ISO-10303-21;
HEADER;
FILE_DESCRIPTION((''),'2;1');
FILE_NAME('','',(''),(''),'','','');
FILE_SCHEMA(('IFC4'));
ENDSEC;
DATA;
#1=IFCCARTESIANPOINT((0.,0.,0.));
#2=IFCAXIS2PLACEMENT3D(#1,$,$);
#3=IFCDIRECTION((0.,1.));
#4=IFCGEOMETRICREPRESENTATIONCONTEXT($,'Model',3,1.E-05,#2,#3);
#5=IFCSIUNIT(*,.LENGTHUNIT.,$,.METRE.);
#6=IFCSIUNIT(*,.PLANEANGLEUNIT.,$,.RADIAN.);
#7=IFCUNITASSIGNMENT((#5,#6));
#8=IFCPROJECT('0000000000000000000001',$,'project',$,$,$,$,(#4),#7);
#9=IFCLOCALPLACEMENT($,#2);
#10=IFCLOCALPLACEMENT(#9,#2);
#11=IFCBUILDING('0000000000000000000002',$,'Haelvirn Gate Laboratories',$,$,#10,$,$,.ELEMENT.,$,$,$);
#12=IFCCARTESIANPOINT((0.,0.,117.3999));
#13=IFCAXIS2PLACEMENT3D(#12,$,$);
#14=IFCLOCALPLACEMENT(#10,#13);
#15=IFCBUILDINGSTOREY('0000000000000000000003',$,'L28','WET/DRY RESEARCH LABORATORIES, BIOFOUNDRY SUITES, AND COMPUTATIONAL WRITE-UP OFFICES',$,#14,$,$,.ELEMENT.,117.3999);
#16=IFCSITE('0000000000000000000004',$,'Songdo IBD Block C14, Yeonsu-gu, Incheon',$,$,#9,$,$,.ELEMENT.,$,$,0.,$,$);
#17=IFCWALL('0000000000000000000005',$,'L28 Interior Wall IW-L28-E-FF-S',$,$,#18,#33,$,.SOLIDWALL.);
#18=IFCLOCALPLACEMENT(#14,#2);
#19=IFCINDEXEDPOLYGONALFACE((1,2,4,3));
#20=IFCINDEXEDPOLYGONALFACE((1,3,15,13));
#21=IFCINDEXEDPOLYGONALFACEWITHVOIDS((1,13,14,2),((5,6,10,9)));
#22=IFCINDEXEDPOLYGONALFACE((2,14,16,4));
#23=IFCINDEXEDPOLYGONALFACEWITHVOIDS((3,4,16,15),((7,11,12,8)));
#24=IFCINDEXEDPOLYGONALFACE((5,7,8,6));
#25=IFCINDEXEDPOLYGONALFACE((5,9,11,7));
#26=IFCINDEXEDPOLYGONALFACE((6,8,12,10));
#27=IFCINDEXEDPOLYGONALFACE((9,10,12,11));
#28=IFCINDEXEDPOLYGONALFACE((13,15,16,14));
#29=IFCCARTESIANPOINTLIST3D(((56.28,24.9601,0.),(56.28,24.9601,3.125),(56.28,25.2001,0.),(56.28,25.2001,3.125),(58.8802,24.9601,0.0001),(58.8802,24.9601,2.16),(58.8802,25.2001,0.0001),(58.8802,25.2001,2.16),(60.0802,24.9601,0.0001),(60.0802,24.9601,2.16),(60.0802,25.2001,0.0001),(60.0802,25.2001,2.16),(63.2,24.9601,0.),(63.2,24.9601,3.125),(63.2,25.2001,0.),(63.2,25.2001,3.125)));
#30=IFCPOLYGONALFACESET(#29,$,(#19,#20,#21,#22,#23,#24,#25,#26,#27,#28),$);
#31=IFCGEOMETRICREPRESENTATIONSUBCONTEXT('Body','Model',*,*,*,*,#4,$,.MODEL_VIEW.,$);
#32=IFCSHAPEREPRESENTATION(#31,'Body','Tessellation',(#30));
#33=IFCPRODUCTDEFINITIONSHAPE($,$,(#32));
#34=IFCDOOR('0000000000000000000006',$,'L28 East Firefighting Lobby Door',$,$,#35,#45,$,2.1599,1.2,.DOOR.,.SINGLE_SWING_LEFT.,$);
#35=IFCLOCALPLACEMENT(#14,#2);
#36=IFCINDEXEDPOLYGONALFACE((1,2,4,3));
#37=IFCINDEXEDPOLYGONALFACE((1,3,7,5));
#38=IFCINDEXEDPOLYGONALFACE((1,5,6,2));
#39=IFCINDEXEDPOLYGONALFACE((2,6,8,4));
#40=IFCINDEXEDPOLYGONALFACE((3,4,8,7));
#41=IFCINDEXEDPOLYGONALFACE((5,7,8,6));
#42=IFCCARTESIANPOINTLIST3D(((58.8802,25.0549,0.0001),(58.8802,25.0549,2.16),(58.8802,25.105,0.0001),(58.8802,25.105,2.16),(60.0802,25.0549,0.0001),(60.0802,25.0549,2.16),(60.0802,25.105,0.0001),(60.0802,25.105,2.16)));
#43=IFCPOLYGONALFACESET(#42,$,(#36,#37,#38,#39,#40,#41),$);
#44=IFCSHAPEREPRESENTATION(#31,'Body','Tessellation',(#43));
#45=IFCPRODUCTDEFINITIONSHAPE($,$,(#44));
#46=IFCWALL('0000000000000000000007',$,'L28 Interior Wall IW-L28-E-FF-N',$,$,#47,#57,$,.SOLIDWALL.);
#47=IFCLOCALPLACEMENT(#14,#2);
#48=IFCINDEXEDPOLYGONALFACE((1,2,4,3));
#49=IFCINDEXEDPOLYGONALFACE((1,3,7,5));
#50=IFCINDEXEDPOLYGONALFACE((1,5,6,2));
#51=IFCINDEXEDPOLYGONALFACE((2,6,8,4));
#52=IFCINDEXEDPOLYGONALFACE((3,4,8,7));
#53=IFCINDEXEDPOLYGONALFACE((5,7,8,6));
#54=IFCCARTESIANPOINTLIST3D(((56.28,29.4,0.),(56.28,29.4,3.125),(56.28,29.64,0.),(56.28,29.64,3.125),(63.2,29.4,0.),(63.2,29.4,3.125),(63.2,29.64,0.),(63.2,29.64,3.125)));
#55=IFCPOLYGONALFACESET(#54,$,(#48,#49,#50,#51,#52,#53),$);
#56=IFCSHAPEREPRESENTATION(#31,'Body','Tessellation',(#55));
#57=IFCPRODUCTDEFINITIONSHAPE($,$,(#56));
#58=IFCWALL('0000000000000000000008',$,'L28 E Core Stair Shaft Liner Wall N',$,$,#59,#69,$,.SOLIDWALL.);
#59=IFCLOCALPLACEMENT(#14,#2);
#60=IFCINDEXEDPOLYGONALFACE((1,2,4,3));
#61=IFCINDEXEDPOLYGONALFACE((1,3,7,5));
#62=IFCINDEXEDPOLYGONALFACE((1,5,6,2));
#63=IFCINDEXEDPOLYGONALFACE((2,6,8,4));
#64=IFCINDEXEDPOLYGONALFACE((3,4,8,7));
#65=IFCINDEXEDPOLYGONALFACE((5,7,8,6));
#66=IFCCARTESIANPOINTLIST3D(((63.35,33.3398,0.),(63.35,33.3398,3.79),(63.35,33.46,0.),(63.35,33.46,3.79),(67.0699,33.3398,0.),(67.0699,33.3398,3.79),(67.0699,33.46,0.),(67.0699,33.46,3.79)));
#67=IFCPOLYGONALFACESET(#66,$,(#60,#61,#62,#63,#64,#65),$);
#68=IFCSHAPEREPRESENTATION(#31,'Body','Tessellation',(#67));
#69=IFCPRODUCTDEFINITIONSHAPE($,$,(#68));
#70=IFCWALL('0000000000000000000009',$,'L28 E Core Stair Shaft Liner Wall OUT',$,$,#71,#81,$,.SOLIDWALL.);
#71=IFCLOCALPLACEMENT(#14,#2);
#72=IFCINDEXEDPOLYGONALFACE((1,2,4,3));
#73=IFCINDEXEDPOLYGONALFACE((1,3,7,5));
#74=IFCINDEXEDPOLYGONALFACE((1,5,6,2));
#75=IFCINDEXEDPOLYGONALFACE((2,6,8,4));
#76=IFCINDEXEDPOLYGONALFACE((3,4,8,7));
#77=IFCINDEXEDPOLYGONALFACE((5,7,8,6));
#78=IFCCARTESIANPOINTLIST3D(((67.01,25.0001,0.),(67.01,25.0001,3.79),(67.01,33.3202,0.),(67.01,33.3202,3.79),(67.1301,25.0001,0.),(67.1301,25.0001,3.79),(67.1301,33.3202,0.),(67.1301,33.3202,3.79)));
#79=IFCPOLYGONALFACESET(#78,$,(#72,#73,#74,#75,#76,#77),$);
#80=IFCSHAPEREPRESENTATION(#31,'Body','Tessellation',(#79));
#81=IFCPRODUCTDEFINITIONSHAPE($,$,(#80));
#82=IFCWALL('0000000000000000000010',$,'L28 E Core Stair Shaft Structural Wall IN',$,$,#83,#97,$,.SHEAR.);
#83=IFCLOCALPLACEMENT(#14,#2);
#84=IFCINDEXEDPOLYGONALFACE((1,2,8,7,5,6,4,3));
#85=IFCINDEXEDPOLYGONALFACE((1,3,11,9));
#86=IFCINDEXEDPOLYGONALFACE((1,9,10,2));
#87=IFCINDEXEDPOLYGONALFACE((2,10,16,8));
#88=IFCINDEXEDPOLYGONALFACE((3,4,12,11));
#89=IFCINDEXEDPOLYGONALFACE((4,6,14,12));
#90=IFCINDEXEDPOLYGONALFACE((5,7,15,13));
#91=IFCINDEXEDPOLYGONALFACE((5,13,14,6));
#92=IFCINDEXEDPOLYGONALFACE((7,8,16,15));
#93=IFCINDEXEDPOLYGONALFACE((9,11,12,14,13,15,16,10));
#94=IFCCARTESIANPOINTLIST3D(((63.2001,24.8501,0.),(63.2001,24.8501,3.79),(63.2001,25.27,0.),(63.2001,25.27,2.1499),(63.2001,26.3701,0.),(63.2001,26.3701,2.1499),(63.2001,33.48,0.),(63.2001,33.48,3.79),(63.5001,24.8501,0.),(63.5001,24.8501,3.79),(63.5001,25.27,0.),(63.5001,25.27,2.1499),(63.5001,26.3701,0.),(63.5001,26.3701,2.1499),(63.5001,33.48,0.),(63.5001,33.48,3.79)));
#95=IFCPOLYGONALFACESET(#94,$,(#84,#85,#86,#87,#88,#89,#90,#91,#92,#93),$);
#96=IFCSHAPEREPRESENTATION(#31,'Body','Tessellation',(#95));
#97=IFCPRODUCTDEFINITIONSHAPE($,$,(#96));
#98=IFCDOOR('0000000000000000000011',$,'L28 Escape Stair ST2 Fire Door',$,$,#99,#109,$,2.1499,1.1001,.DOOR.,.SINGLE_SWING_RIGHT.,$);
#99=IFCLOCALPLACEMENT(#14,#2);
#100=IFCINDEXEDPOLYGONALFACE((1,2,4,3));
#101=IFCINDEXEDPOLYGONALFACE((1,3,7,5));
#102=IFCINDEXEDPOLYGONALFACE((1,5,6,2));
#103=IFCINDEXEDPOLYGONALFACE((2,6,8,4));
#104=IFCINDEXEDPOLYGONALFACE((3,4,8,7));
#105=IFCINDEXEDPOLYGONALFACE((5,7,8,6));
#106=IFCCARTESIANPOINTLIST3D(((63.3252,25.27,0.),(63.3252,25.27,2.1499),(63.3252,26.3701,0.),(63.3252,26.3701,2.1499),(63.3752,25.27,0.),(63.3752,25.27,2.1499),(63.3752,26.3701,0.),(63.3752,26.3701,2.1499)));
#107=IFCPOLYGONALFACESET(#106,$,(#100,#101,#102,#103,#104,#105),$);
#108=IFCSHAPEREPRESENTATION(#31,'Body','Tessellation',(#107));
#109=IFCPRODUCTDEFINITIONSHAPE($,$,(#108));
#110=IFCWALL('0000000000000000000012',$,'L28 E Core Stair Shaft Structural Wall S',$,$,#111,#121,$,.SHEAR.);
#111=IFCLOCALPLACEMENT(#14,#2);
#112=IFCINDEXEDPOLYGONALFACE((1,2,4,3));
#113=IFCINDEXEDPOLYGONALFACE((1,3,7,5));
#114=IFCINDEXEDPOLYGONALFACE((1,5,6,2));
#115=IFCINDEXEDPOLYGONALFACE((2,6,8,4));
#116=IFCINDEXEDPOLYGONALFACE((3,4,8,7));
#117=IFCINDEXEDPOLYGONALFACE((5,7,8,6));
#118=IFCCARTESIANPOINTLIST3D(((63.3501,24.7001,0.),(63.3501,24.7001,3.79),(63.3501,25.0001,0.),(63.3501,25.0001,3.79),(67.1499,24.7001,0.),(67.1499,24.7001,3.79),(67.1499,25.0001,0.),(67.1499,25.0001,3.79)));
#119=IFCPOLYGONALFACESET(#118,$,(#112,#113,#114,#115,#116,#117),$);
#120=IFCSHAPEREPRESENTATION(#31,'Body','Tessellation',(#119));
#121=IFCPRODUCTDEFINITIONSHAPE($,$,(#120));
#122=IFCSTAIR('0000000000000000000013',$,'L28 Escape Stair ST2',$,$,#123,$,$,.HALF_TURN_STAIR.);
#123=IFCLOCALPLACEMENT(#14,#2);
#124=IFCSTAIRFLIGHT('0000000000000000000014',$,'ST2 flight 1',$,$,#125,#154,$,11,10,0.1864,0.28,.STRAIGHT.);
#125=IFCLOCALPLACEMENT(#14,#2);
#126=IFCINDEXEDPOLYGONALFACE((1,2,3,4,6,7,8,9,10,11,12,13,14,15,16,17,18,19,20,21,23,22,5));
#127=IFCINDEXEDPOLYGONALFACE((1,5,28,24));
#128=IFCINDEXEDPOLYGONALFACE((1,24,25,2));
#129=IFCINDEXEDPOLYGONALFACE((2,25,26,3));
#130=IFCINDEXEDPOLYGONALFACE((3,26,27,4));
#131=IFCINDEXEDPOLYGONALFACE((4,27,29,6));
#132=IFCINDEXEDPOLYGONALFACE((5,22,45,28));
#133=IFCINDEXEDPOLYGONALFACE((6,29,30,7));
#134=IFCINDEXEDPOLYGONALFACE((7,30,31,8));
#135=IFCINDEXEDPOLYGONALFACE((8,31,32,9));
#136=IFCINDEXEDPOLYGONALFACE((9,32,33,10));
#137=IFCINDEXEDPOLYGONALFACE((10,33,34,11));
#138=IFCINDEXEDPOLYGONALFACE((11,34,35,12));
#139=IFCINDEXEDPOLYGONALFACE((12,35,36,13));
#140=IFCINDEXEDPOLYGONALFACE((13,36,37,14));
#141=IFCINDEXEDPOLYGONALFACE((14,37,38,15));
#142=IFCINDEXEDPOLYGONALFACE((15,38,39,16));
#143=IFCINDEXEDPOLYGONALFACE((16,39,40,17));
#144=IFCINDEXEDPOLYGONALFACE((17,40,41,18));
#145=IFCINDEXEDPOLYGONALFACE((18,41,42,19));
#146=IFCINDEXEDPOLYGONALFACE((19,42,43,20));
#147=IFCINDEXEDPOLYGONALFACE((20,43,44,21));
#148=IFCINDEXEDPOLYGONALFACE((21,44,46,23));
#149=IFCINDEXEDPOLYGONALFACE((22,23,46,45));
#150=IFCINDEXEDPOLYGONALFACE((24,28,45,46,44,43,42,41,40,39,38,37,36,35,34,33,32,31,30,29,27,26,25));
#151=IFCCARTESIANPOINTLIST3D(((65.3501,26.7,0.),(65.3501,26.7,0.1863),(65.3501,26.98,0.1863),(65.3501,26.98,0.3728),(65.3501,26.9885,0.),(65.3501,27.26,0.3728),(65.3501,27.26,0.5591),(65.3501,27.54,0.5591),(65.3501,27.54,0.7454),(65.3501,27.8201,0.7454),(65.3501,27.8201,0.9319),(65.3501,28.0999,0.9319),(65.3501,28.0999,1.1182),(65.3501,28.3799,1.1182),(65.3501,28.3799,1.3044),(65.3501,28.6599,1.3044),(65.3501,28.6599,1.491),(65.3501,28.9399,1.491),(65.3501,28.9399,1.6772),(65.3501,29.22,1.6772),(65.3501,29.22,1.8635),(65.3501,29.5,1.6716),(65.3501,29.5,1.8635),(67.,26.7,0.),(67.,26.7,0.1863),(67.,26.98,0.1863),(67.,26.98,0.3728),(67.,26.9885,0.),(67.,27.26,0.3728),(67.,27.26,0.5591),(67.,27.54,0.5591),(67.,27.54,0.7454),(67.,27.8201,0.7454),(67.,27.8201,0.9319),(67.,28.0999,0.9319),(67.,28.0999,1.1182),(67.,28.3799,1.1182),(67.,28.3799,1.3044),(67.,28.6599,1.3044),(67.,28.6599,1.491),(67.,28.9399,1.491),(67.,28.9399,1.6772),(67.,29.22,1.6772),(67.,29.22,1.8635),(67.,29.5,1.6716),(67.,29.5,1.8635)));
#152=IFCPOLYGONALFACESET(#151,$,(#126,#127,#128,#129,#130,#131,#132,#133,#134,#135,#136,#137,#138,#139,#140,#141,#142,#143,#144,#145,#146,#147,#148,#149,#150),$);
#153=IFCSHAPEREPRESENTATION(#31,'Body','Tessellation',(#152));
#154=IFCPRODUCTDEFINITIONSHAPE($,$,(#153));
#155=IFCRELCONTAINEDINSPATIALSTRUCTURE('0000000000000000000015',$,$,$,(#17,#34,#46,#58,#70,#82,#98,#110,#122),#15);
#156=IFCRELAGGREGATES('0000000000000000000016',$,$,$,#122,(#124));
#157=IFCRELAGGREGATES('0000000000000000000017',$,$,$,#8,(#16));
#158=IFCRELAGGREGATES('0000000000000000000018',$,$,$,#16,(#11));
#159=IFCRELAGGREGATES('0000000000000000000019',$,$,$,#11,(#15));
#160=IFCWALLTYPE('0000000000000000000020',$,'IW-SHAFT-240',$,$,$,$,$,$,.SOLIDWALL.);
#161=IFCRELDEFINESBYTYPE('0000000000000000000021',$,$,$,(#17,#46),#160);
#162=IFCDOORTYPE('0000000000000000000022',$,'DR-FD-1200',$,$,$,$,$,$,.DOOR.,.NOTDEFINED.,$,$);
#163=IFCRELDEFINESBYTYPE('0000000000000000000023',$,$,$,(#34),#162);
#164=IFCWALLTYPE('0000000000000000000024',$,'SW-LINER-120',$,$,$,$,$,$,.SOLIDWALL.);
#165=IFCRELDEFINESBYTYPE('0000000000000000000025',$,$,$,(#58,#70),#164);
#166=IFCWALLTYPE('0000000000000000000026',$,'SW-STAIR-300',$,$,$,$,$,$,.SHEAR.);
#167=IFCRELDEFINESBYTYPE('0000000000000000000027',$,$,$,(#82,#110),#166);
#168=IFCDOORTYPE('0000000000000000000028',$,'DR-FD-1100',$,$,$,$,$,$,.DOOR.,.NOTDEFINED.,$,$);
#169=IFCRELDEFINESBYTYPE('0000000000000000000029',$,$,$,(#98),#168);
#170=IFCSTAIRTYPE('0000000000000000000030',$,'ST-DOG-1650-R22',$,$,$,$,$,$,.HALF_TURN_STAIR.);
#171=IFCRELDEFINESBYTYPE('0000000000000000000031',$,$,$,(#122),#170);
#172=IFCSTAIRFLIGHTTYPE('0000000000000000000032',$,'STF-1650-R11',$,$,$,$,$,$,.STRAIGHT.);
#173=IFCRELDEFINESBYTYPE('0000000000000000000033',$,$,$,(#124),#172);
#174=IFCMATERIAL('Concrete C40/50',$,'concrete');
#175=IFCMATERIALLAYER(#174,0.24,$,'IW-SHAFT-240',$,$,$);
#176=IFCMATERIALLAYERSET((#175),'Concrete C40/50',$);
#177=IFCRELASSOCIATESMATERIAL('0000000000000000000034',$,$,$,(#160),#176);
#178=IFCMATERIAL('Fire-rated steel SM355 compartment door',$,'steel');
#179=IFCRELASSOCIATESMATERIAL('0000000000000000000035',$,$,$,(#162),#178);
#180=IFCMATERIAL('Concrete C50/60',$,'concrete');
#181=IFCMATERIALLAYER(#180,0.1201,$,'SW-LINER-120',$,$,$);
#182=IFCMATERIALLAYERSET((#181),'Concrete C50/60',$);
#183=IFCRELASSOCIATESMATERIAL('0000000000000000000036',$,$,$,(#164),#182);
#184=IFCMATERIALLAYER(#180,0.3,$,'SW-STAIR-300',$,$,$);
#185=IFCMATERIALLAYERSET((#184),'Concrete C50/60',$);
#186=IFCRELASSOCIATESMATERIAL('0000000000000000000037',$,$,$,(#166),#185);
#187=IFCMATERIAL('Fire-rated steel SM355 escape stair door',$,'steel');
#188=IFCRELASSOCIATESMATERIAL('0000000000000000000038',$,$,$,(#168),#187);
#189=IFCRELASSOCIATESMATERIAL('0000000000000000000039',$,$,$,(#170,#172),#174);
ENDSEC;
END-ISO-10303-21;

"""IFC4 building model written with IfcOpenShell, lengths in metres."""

from ifc_helpers import new_model, si_unit, direction, frame, frame_2d, origin, place, context, subcontext, project, spatial, polyline, rectangle, outline, extrude, source, transform, mapped, material, layer, layer_set, type_object, type_shapes, element, fill, aggregate, save


model = new_model("IFC4")

# Units and contexts
model_context = context("Model", 3, precision=1e-05, world=origin(), true_north=direction((0.0, 1.0)))
body_context = subcontext(model_context, "Body", "Model", "MODEL_VIEW")
ifc_project = project(units=[si_unit("LENGTHUNIT", "METRE"), si_unit("PLANEANGLEUNIT", "RADIAN")], contexts=[model_context])

# Site, building, storey
site_placement = place(None, origin())
site = spatial("IfcSite", under=ifc_project, at=site_placement, Name="Songdo IBD Block C14, Yeonsu-gu, Incheon", CompositionType="ELEMENT", RefElevation=0.0)
building_placement = place(site_placement, origin())
building = spatial("IfcBuilding", under=site, at=building_placement, Name="Haelvirn Gate Laboratories", CompositionType="ELEMENT")
storey_placement = place(building_placement, frame((0.0, 0.0, 117.3999)))
storey = spatial("IfcBuildingStorey", under=building, at=storey_placement, Name="L28", Description="WET/DRY RESEARCH LABORATORIES, BIOFOUNDRY SUITES, AND COMPUTATIONAL WRITE-UP OFFICES", CompositionType="ELEMENT", Elevation=117.3999)

# Wall, opening, door
ifc_material_1 = material(Name="Concrete C40/50", Category="concrete")
ifc_layer_1 = layer(ifc_material_1, 0.24, Name="IW-SHAFT-240")
ifc_layer_set_1 = layer_set([ifc_layer_1], Name="Concrete C40/50")
wall_type_1 = type_object("IfcWallType", Name="IW-SHAFT-240", PredefinedType="SOLIDWALL", material=ifc_layer_set_1)
wall_1_placement = place(storey_placement, frame((56.28, 25.0801, 0.0), z_axis=(0.0, 0.0, 1.0), x_axis=(1.0, 0.0, 0.0)))
wall_1 = element("IfcWall", 1, at=wall_1_placement, inside=storey, type_object=wall_type_1, Name="L28 Interior Wall IW-L28-E-FF-S", PredefinedType="SOLIDWALL", context=body_context, shape_type="SweptSolid", body=[
    extrude(rectangle(XDim=6.9199, YDim=0.24, at=frame_2d((3.46, 0.0))), origin(), (0.0, 0.0, 1.0), 3.125),
])
opening_1_placement = place(wall_1_placement, frame((2.6001, 0.0, 0.0)))
opening_1 = element("IfcOpeningElement", 2, at=opening_1_placement, cuts=wall_1, PredefinedType="OPENING", context=body_context, shape_type="SweptSolid", body=[
    extrude(rectangle(XDim=1.2, YDim=2.1599, at=frame_2d((0.6001, 1.0801))), frame((0.0, 0.1299, 0.0), z_axis=(0.0, -1.0, 0.0), x_axis=(1.0, 0.0, 0.0)), (0.0, 0.0, 1.0), 0.26),
])
ifc_material_2 = material(Name="Fire-rated steel SM355 compartment door", Category="steel")
door_type_1 = type_object("IfcDoorType", Name="DR-FD-1200", OperationType="NOTDEFINED", PredefinedType="DOOR", material=ifc_material_2)
shared_shape_1 = source(origin(), body_context, "Body", "SweptSolid", [
    extrude(rectangle(XDim=1.2, YDim=2.1599, at=frame_2d((0.6001, 1.0801))), frame((0.0, 0.0249, 0.0), z_axis=(0.0, -1.0, 0.0), x_axis=(1.0, 0.0, 0.0)), (0.0, 0.0, 1.0), 0.05),
])
type_shapes(door_type_1, [shared_shape_1])
door_1_placement = place(opening_1_placement, origin())
door_1 = element("IfcDoor", 3, at=door_1_placement, inside=storey, type_object=door_type_1, Name="L28 East Firefighting Lobby Door", OperationType="SINGLE_SWING_LEFT", OverallHeight=2.1599, OverallWidth=1.2, PredefinedType="DOOR", context=body_context, shape_type="MappedRepresentation", body=[
    mapped(shared_shape_1, transform((0.0, 0.0, 0.0), scale=1.0)),
])
fill(opening_1, door_1)

# Walls
wall_2_placement = place(storey_placement, frame((56.28, 29.52, 0.0), z_axis=(0.0, 0.0, 1.0), x_axis=(1.0, 0.0, 0.0)))
element("IfcWall", 4, at=wall_2_placement, inside=storey, type_object=wall_type_1, Name="L28 Interior Wall IW-L28-E-FF-N", PredefinedType="SOLIDWALL", context=body_context, shape_type="SweptSolid", body=[
    extrude(rectangle(XDim=6.9199, YDim=0.24, at=frame_2d((3.46, 0.0))), origin(), (0.0, 0.0, 1.0), 3.125),
])
ifc_material_3 = material(Name="Concrete C50/60", Category="concrete")
ifc_layer_2 = layer(ifc_material_3, 0.1201, Name="SW-LINER-120")
ifc_layer_set_2 = layer_set([ifc_layer_2], Name="Concrete C50/60")
wall_type_2 = type_object("IfcWallType", Name="SW-LINER-120", PredefinedType="SOLIDWALL", material=ifc_layer_set_2)
wall_3_placement = place(storey_placement, frame((63.3501, 33.3999, 0.0), z_axis=(0.0, 0.0, 1.0), x_axis=(1.0, 0.0, 0.0)))
element("IfcWall", 5, at=wall_3_placement, inside=storey, type_object=wall_type_2, Name="L28 E Core Stair Shaft Liner Wall N", PredefinedType="SOLIDWALL", context=body_context, shape_type="SweptSolid", body=[
    extrude(rectangle(XDim=3.72, YDim=0.1201, at=frame_2d((1.8599, 0.0))), origin(), (0.0, 0.0, 1.0), 3.79),
])
wall_4_placement = place(storey_placement, frame((67.0701, 25.0, 0.0), z_axis=(0.0, 0.0, 1.0), x_axis=(0.0, 1.0, 0.0)))
element("IfcWall", 6, at=wall_4_placement, inside=storey, type_object=wall_type_2, Name="L28 E Core Stair Shaft Liner Wall OUT", PredefinedType="SOLIDWALL", context=body_context, shape_type="SweptSolid", body=[
    extrude(rectangle(XDim=8.3201, YDim=0.1201, at=frame_2d((4.1602, 0.0))), origin(), (0.0, 0.0, 1.0), 3.79),
])

# Wall, opening, door
ifc_layer_3 = layer(ifc_material_3, 0.3, Name="SW-STAIR-300")
ifc_layer_set_3 = layer_set([ifc_layer_3], Name="Concrete C50/60")
wall_type_3 = type_object("IfcWallType", Name="SW-STAIR-300", PredefinedType="SHEAR", material=ifc_layer_set_3)
wall_5_placement = place(storey_placement, frame((63.3501, 24.8501, 0.0), z_axis=(0.0, 0.0, 1.0), x_axis=(0.0, 1.0, 0.0)))
wall_5 = element("IfcWall", 7, at=wall_5_placement, inside=storey, type_object=wall_type_3, Name="L28 E Core Stair Shaft Structural Wall IN", PredefinedType="SHEAR", context=body_context, shape_type="SweptSolid", body=[
    extrude(rectangle(XDim=8.6299, YDim=0.3, at=frame_2d((4.3149, 0.0))), origin(), (0.0, 0.0, 1.0), 3.79),
])
opening_2_placement = place(wall_5_placement, frame((0.4199, 0.0, 0.0)))
opening_2 = element("IfcOpeningElement", 8, at=opening_2_placement, cuts=wall_5, PredefinedType="OPENING", context=body_context, shape_type="SweptSolid", body=[
    extrude(rectangle(XDim=1.1001, YDim=2.1499, at=frame_2d((0.55, 1.075))), frame((0.0, 0.1602, 0.0), z_axis=(0.0, -1.0, 0.0), x_axis=(1.0, 0.0, 0.0)), (0.0, 0.0, 1.0), 0.3201),
])
ifc_material_4 = material(Name="Fire-rated steel SM355 escape stair door", Category="steel")
door_type_2 = type_object("IfcDoorType", Name="DR-FD-1100", OperationType="NOTDEFINED", PredefinedType="DOOR", material=ifc_material_4)
shared_shape_2 = source(origin(), body_context, "Body", "SweptSolid", [
    extrude(rectangle(XDim=1.1001, YDim=2.1499, at=frame_2d((0.55, 1.075))), frame((0.0, 0.0249, 0.0), z_axis=(0.0, -1.0, 0.0), x_axis=(1.0, 0.0, 0.0)), (0.0, 0.0, 1.0), 0.05),
])
type_shapes(door_type_2, [shared_shape_2])
door_2_placement = place(opening_2_placement, origin())
door_2 = element("IfcDoor", 9, at=door_2_placement, inside=storey, type_object=door_type_2, Name="L28 Escape Stair ST2 Fire Door", OperationType="SINGLE_SWING_RIGHT", OverallHeight=2.1499, OverallWidth=1.1001, PredefinedType="DOOR", context=body_context, shape_type="MappedRepresentation", body=[
    mapped(shared_shape_2, transform((0.0, 0.0, 0.0), scale=1.0)),
])
fill(opening_2, door_2)

# Wall
wall_6_placement = place(storey_placement, frame((63.3501, 24.8501, 0.0), z_axis=(0.0, 0.0, 1.0), x_axis=(1.0, 0.0, 0.0)))
element("IfcWall", 10, at=wall_6_placement, inside=storey, type_object=wall_type_3, Name="L28 E Core Stair Shaft Structural Wall S", PredefinedType="SHEAR", context=body_context, shape_type="SweptSolid", body=[
    extrude(rectangle(XDim=3.7998, YDim=0.3, at=frame_2d((1.8999, 0.0))), origin(), (0.0, 0.0, 1.0), 3.79),
])

# Stair, stair flight
stair_type = type_object("IfcStairType", Name="ST-DOG-1650-R22", PredefinedType="HALF_TURN_STAIR", material=ifc_material_1)
stair_placement = place(storey_placement, origin())
stair = element("IfcStair", 11, at=stair_placement, inside=storey, type_object=stair_type, Name="L28 Escape Stair ST2", PredefinedType="HALF_TURN_STAIR")
stair_flight_type = type_object("IfcStairFlightType", Name="STF-1650-R11", PredefinedType="STRAIGHT", material=ifc_material_1)
shared_shape_3 = source(origin(), body_context, "Body", "SweptSolid", [
    extrude(outline(polyline([(0.0, 0.0), (0.0, 0.1863), (0.28, 0.1863), (0.28, 0.3728), (0.5601, 0.3728), (0.5601, 0.5591), (0.8401, 0.5591), (0.8401, 0.7454), (1.1201, 0.7454), (1.1201, 0.9319), (1.3999, 0.9319), (1.3999, 1.1182), (1.6799, 1.1182), (1.6799, 1.3044), (1.96, 1.3044), (1.96, 1.491), (2.24, 1.491), (2.24, 1.6772), (2.52, 1.6772), (2.52, 1.8635), (2.8, 1.8635), (2.8, 2.05), (2.8, 1.6716), (0.2886, 0.0), (0.0, 0.0)])), frame((0.0, 0.825, 0.0), z_axis=(0.0, -1.0, 0.0), x_axis=(1.0, 0.0, 0.0)), (0.0, 0.0, 1.0), 1.6499),
])
type_shapes(stair_flight_type, [shared_shape_3])
stair_flight_1_placement = place(storey_placement, frame((66.175, 26.7, 0.0), z_axis=(0.0, 0.0, 1.0), x_axis=(0.0, 1.0, 0.0)))
stair_flight_1 = element("IfcStairFlight", 12, at=stair_flight_1_placement, type_object=stair_flight_type, Name="ST2 flight 1", NumberOfRisers=11, NumberOfTreads=10, PredefinedType="STRAIGHT", RiserHeight=0.1864, TreadLength=0.28, context=body_context, shape_type="MappedRepresentation", body=[
    mapped(shared_shape_3, transform((0.0, 0.0, 0.0), scale=1.0)),
])
aggregate(stair, [stair_flight_1])

save(model, "model.ifc")
